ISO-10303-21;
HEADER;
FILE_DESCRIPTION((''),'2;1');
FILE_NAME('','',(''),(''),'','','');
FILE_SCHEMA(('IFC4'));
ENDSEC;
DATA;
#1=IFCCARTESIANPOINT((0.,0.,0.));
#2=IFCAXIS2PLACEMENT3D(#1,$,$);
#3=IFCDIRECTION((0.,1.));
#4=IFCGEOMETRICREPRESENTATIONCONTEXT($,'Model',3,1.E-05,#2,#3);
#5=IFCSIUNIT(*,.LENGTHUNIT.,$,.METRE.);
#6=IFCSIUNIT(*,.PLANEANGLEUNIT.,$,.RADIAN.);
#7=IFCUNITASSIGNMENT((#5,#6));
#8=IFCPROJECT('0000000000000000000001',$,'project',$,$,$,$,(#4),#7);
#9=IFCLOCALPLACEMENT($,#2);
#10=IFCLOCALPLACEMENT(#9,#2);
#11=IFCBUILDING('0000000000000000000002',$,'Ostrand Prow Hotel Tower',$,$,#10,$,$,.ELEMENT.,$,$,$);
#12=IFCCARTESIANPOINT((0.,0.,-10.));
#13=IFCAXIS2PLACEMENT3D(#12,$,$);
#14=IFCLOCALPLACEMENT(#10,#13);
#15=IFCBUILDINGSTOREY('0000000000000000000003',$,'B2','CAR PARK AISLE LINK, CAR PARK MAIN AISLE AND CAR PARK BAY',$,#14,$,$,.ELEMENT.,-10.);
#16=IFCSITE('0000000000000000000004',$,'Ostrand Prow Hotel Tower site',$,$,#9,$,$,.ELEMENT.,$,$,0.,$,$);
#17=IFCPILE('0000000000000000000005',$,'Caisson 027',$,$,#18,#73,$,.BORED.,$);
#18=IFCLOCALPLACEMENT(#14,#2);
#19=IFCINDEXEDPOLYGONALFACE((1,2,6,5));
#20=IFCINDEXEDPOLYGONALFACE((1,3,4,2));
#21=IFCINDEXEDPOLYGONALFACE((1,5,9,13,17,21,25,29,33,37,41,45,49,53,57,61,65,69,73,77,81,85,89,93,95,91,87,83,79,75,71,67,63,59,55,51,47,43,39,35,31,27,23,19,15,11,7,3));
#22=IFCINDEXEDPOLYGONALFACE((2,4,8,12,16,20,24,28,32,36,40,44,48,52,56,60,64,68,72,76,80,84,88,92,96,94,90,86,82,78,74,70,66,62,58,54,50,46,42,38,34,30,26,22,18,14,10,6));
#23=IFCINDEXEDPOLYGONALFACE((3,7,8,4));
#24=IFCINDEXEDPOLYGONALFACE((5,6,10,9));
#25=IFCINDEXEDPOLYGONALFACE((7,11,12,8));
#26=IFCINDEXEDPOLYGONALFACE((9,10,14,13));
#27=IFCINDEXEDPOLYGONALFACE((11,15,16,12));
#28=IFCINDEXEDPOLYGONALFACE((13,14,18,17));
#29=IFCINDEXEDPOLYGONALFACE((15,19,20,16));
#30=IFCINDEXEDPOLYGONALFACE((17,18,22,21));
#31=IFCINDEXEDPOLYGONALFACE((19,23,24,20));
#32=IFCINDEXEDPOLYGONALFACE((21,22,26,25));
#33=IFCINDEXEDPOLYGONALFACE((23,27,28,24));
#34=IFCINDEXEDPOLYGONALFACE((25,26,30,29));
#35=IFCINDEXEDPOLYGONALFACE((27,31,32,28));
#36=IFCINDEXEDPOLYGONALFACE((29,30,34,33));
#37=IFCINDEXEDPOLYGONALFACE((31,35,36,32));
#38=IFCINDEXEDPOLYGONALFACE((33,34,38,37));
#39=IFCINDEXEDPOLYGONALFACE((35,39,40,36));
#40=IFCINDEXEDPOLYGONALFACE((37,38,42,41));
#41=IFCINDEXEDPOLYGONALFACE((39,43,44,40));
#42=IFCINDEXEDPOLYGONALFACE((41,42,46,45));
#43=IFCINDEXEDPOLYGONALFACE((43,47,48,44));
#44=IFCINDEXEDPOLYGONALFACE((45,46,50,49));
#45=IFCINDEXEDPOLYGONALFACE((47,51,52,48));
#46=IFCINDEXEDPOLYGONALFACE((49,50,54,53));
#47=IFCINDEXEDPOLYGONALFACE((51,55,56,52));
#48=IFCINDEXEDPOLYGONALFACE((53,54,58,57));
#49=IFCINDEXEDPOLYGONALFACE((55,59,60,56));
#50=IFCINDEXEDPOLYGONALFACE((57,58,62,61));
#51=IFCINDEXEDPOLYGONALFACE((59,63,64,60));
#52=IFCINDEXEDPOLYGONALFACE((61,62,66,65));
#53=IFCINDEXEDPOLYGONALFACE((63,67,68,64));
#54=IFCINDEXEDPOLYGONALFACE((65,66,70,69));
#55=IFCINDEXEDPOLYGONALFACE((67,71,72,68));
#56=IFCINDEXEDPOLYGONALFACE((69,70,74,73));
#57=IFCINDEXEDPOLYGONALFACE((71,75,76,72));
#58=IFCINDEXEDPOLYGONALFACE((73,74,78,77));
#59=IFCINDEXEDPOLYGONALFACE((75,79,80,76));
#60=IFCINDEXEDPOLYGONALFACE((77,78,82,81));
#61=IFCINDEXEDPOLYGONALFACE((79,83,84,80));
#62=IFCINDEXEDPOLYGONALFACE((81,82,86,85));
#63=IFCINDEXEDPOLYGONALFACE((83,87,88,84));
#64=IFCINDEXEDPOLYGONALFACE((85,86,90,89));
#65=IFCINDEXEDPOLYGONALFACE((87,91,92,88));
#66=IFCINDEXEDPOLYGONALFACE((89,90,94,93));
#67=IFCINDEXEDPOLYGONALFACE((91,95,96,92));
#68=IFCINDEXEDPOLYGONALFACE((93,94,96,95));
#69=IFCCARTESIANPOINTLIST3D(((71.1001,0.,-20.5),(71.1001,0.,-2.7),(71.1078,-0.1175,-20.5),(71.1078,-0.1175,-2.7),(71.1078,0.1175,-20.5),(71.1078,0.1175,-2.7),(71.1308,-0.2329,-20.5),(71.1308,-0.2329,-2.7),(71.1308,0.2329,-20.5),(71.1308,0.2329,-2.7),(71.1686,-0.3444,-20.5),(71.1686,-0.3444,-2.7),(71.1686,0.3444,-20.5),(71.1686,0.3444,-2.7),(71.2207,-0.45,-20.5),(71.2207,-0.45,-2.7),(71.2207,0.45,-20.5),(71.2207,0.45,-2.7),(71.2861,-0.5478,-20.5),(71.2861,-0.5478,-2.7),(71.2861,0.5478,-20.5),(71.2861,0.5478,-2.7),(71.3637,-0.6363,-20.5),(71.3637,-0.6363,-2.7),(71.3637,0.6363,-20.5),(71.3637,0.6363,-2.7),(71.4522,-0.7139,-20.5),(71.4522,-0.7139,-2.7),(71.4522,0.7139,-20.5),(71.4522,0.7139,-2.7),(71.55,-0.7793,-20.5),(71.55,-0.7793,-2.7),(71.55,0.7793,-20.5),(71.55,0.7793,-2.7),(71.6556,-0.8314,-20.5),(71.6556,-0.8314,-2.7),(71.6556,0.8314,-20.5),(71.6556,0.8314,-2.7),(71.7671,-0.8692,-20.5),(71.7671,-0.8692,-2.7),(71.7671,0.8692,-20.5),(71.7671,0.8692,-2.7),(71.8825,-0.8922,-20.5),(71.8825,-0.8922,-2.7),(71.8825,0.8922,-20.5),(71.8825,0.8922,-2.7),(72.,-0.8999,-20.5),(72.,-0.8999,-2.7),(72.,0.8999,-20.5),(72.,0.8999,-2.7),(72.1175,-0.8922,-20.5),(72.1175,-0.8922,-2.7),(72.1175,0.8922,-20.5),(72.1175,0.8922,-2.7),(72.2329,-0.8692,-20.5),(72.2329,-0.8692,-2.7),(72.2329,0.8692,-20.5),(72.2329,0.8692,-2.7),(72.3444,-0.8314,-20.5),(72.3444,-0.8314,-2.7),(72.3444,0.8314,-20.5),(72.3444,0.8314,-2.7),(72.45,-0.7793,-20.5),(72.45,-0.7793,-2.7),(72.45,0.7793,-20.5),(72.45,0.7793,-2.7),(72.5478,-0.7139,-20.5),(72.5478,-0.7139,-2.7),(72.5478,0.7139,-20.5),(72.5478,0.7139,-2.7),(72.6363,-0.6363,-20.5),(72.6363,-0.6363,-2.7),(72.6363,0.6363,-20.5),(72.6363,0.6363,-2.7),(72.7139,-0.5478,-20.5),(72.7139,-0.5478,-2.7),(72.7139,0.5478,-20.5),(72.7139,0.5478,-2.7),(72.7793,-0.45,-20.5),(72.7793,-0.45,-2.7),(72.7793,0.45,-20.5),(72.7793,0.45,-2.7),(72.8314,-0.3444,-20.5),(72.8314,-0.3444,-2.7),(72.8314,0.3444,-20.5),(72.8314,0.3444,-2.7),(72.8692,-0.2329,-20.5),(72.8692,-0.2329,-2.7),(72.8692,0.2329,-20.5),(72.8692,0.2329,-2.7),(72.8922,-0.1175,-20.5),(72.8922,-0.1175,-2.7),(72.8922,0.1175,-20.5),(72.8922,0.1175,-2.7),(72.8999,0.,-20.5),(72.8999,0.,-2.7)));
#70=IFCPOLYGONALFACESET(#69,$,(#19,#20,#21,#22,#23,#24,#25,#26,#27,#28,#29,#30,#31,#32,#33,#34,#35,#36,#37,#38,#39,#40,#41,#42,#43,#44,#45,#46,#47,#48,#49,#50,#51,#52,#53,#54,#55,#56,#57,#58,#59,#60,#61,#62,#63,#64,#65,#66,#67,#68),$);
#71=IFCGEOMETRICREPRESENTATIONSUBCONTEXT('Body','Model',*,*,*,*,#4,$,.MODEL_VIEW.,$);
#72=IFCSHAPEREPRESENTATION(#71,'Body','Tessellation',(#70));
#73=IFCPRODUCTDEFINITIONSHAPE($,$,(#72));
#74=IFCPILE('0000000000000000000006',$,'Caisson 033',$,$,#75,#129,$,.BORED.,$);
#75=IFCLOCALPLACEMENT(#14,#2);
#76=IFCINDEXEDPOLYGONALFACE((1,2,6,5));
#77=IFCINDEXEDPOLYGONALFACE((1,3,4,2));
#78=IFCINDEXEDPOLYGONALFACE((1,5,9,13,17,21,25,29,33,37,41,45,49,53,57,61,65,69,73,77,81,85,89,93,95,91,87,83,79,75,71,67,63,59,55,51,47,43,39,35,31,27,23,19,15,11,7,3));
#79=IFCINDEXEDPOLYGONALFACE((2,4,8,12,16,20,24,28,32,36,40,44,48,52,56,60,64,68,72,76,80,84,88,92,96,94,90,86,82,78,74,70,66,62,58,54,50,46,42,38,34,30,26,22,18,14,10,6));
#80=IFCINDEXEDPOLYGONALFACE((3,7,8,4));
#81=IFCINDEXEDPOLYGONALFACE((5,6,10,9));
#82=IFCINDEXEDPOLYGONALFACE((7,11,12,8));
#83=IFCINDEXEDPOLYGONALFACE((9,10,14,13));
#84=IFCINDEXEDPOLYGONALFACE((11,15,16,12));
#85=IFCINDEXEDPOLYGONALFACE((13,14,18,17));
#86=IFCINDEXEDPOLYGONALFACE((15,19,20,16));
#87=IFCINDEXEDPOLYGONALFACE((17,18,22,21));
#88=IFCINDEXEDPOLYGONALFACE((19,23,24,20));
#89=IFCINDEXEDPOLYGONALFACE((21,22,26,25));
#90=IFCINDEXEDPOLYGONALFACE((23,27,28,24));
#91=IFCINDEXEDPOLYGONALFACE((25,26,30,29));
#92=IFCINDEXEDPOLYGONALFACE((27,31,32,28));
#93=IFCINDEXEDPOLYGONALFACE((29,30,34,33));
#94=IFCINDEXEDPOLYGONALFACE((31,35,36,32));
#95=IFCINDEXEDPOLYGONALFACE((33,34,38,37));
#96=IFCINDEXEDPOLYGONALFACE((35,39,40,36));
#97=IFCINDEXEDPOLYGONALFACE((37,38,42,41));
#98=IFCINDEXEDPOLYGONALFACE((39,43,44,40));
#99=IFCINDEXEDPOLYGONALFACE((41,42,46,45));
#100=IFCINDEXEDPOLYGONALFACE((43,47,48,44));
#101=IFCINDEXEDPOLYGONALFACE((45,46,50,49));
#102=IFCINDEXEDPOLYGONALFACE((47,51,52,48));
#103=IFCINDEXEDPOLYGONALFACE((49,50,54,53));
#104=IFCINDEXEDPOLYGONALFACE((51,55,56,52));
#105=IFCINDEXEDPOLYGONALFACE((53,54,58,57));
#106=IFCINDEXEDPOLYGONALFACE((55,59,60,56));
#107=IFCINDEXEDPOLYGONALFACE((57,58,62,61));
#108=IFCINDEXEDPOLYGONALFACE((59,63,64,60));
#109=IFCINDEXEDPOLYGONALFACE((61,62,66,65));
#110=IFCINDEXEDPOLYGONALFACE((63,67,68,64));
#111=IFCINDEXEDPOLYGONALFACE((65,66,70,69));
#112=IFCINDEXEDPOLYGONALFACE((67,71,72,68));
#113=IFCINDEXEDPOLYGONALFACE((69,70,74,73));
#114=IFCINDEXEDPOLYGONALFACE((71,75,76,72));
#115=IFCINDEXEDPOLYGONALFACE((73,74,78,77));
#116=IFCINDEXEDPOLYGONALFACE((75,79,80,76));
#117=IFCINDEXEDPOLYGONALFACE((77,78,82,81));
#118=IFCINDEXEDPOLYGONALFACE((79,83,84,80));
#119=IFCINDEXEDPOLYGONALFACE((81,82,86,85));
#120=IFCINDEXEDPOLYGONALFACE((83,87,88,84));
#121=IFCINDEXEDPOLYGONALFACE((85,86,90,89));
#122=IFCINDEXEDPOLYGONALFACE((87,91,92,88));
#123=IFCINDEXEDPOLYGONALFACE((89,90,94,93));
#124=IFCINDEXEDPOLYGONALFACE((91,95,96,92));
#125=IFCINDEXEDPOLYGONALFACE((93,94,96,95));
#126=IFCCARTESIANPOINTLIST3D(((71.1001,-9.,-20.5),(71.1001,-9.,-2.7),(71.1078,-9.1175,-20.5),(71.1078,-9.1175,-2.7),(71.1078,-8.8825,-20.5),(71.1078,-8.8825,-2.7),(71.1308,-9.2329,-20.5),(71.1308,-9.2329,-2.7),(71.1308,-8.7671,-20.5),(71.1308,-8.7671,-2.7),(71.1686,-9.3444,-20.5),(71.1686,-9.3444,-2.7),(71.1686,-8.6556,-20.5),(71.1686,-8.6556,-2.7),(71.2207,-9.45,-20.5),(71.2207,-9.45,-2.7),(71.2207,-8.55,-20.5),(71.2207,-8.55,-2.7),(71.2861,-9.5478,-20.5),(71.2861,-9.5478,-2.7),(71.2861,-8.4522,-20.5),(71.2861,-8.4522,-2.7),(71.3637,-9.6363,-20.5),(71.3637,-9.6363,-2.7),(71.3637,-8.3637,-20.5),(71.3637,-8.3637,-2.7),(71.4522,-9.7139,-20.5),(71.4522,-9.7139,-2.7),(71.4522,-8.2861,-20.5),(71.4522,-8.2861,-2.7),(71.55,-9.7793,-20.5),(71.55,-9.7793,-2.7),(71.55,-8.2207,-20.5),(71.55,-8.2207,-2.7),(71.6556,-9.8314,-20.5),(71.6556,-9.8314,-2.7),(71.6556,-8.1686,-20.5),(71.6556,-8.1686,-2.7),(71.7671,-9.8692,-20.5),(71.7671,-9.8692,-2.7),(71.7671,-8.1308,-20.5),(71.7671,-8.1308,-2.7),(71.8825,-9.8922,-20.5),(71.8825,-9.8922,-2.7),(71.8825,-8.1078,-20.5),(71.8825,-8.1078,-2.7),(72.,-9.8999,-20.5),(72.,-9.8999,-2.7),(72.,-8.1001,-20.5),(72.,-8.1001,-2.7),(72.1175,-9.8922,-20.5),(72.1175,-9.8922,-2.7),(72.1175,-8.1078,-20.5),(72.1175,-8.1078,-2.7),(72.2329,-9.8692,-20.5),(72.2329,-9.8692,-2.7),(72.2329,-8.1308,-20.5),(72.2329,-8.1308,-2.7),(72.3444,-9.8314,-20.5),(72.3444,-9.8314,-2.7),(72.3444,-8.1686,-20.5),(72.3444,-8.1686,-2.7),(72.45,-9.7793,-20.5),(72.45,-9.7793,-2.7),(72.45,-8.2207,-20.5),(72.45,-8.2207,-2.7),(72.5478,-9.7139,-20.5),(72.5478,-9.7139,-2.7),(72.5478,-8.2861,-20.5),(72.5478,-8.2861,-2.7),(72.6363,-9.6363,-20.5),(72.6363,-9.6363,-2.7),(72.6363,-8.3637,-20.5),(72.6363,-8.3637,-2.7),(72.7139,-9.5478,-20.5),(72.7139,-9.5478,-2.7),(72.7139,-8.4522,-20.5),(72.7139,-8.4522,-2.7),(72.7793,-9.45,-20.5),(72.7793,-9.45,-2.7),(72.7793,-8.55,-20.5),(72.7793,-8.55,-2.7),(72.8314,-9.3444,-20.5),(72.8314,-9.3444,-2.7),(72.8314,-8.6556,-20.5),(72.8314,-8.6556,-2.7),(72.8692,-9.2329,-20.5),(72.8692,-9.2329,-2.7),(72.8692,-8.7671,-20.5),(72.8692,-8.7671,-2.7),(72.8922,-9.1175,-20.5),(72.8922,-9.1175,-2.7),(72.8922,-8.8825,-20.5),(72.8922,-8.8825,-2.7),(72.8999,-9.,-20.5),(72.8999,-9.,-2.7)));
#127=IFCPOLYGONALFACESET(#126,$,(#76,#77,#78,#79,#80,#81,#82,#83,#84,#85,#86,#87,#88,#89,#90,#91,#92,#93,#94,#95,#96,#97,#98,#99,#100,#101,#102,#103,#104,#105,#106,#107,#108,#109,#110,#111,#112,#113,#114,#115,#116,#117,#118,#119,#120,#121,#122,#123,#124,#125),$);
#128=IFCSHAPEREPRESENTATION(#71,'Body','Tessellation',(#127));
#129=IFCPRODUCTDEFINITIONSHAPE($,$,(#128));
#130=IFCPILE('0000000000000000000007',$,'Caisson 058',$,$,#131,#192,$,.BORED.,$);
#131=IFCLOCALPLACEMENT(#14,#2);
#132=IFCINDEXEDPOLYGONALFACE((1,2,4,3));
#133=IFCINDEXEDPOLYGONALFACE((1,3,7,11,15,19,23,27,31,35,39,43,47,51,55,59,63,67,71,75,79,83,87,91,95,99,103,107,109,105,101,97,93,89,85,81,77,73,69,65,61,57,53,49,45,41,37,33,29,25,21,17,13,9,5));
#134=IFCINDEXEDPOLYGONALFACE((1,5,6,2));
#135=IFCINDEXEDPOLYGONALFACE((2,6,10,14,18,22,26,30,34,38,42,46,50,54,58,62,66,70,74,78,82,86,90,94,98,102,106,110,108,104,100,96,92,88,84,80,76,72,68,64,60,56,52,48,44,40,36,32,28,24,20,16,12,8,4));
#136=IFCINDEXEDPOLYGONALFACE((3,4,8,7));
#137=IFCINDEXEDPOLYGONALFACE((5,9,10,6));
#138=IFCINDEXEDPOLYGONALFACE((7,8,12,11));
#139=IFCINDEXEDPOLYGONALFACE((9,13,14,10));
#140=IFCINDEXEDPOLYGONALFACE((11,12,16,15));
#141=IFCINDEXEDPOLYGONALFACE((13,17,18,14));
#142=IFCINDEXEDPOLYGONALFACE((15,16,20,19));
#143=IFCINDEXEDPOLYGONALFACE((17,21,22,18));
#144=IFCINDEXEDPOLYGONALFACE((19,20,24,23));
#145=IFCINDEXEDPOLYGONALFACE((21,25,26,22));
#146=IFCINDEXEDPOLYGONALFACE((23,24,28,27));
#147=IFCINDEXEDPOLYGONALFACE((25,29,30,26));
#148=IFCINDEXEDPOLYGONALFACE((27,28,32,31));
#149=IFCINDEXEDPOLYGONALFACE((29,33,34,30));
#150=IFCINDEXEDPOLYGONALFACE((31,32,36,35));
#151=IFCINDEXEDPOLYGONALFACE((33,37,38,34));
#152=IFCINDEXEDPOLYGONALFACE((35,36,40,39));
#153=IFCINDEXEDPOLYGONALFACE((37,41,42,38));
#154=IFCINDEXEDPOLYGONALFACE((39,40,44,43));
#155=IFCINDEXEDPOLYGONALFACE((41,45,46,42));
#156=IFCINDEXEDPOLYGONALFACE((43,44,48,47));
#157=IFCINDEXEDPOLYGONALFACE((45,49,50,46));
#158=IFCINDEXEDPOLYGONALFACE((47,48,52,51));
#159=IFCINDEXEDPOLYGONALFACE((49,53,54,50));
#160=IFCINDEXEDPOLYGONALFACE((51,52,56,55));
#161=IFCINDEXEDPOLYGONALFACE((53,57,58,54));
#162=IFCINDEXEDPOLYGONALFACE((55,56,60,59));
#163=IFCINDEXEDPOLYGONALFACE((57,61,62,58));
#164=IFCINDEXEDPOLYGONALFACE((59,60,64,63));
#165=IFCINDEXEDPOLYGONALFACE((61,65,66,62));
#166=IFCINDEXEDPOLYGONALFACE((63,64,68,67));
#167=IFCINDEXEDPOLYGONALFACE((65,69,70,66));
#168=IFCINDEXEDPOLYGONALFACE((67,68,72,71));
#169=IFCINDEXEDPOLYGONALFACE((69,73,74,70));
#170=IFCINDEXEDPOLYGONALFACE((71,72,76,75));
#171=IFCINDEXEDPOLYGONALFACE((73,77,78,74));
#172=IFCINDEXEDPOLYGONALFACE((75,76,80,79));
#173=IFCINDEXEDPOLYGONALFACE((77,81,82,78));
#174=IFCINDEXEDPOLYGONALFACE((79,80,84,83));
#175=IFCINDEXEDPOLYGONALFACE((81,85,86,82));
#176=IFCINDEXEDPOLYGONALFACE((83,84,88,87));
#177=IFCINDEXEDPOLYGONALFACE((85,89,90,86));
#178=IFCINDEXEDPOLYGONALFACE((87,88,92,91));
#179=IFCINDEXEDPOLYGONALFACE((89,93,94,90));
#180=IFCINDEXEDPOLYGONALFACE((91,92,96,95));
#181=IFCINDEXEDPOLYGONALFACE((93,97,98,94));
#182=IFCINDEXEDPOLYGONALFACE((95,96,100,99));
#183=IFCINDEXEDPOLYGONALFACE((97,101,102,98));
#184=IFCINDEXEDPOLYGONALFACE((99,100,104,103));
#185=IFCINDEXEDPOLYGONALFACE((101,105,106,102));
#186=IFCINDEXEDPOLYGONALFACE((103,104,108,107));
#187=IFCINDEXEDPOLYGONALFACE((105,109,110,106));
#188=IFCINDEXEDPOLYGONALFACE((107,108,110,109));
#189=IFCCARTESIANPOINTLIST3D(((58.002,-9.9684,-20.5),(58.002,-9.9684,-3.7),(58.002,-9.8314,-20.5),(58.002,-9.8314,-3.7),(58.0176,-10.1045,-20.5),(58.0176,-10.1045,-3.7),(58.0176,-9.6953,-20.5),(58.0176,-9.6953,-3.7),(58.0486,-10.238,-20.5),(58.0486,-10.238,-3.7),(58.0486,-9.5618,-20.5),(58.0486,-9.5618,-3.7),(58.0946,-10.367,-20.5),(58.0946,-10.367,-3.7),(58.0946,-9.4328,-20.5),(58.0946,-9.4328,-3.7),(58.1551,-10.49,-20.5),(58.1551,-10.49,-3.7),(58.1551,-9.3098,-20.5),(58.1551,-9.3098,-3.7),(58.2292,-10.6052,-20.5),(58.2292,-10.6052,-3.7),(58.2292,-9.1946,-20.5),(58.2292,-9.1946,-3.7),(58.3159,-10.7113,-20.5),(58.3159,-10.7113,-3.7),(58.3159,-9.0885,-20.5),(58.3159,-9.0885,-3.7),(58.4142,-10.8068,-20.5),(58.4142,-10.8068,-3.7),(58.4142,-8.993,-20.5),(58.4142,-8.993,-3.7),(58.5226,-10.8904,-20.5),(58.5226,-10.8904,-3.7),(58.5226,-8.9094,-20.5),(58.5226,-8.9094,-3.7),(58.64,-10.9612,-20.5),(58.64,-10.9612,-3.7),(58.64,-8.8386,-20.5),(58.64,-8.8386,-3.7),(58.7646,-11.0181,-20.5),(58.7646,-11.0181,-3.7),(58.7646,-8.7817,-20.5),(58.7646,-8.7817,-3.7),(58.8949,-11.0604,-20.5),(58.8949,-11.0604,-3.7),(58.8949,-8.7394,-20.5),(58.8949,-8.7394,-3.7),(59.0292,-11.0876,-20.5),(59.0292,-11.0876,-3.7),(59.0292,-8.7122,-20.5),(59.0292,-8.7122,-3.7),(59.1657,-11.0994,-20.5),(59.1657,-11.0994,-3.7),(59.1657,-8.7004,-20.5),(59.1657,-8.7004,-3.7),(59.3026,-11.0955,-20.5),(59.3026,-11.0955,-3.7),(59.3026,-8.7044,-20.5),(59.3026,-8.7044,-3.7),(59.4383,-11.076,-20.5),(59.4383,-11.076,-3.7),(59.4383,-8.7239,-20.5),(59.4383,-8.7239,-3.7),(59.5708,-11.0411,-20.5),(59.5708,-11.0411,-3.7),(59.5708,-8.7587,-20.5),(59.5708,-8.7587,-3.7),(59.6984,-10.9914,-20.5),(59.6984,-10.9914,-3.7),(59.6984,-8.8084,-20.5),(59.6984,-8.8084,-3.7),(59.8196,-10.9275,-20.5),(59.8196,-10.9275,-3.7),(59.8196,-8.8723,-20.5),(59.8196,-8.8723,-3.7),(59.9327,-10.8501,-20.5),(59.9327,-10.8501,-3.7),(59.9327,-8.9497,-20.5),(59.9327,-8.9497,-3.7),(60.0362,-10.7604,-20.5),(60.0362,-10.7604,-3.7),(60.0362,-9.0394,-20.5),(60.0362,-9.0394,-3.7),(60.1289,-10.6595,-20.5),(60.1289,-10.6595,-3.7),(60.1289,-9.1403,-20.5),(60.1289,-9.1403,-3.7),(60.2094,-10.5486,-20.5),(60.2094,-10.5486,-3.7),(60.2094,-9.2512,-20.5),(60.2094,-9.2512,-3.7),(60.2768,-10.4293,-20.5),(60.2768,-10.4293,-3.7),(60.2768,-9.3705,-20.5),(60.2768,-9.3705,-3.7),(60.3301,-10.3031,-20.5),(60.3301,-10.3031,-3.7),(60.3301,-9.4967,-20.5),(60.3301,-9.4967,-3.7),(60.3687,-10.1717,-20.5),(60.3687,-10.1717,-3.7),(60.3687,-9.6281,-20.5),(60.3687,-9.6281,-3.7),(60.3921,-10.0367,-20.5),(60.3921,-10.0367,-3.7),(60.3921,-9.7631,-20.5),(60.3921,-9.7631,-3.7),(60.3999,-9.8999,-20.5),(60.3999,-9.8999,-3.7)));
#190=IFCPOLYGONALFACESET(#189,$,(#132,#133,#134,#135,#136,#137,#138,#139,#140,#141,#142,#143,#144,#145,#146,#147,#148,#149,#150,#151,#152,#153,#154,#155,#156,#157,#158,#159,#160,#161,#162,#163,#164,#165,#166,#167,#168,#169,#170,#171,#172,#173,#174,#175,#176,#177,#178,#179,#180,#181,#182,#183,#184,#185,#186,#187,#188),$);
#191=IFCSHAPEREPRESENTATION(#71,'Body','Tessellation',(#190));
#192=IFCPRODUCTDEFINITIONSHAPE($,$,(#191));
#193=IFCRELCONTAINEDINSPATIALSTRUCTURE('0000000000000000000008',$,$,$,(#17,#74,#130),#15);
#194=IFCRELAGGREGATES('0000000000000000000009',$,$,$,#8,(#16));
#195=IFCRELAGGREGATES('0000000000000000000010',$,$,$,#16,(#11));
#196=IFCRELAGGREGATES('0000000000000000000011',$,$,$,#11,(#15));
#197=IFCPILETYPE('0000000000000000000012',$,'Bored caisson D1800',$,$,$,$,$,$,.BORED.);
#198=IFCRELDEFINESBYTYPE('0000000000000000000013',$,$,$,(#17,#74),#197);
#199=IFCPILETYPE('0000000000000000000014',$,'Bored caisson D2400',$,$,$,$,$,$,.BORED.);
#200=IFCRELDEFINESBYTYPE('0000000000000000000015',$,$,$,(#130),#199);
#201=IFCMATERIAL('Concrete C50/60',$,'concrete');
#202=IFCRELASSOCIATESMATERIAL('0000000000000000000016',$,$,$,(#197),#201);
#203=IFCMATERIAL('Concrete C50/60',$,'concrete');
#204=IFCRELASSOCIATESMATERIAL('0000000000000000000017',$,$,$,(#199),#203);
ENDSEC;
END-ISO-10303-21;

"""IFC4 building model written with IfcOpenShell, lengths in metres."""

from ifc_helpers import new_model, si_unit, direction, frame, origin, origin_2d, place, context, subcontext, project, spatial, circle, extrude, material, type_object, element, save


model = new_model("IFC4")

# Units and contexts
model_context = context("Model", 3, precision=1e-05, world=origin(), true_north=direction((0.0, 1.0)))
body_context = subcontext(model_context, "Body", "Model", "MODEL_VIEW")
ifc_project = project(units=[si_unit("LENGTHUNIT", "METRE"), si_unit("PLANEANGLEUNIT", "RADIAN")], contexts=[model_context])

# Site, building, storey
site_placement = place(None, origin())
site = spatial("IfcSite", under=ifc_project, at=site_placement, Name="Ostrand Prow Hotel Tower site", CompositionType="ELEMENT", RefElevation=0.0)
building_placement = place(site_placement, origin())
building = spatial("IfcBuilding", under=site, at=building_placement, Name="Ostrand Prow Hotel Tower", CompositionType="ELEMENT")
storey_placement = place(building_placement, frame((0.0, 0.0, -10.0)))
storey = spatial("IfcBuildingStorey", under=building, at=storey_placement, Name="B2", Description="CAR PARK AISLE LINK, CAR PARK MAIN AISLE AND CAR PARK BAY", CompositionType="ELEMENT", Elevation=-10.0)

# Piles
ifc_material_1 = material(Name="Concrete C50/60", Category="concrete")
pile_type_1 = type_object("IfcPileType", Name="Bored caisson D1800", PredefinedType="BORED", material=ifc_material_1)
for number, where, z_axis, x_axis, name in (
    (1, (72.0, 0.0, -2.7), (0.0, 0.0, -1.0), (1.0, 0.0, 0.0), "Caisson 027"),
    (2, (72.0, -9.0, -2.7), (0.0, 0.0, -1.0), (1.0, 0.0, 0.0), "Caisson 033"),
):
    element("IfcPile", number, at=place(storey_placement, frame(where, z_axis=z_axis, x_axis=x_axis)), inside=storey, type_object=pile_type_1, Name=name, PredefinedType="BORED", context=body_context, shape_type="SweptSolid", body=[
        extrude(circle(Radius=0.8999, at=origin_2d()), origin(), (0.0, 0.0, 1.0), 17.8),
    ])
ifc_material_2 = material(Name="Concrete C50/60", Category="concrete")
pile_type_2 = type_object("IfcPileType", Name="Bored caisson D2400", PredefinedType="BORED", material=ifc_material_2)
for number, where, z_axis, x_axis, name in (
    (3, (59.2, -9.8999, -3.7), (0.0, 0.0, -1.0), (1.0, 0.0, 0.0), "Caisson 058"),
):
    element("IfcPile", number, at=place(storey_placement, frame(where, z_axis=z_axis, x_axis=x_axis)), inside=storey, type_object=pile_type_2, Name=name, PredefinedType="BORED", context=body_context, shape_type="SweptSolid", body=[
        extrude(circle(Radius=1.2, at=origin_2d()), origin(), (0.0, 0.0, 1.0), 16.8),
    ])

save(model, "model.ifc")
